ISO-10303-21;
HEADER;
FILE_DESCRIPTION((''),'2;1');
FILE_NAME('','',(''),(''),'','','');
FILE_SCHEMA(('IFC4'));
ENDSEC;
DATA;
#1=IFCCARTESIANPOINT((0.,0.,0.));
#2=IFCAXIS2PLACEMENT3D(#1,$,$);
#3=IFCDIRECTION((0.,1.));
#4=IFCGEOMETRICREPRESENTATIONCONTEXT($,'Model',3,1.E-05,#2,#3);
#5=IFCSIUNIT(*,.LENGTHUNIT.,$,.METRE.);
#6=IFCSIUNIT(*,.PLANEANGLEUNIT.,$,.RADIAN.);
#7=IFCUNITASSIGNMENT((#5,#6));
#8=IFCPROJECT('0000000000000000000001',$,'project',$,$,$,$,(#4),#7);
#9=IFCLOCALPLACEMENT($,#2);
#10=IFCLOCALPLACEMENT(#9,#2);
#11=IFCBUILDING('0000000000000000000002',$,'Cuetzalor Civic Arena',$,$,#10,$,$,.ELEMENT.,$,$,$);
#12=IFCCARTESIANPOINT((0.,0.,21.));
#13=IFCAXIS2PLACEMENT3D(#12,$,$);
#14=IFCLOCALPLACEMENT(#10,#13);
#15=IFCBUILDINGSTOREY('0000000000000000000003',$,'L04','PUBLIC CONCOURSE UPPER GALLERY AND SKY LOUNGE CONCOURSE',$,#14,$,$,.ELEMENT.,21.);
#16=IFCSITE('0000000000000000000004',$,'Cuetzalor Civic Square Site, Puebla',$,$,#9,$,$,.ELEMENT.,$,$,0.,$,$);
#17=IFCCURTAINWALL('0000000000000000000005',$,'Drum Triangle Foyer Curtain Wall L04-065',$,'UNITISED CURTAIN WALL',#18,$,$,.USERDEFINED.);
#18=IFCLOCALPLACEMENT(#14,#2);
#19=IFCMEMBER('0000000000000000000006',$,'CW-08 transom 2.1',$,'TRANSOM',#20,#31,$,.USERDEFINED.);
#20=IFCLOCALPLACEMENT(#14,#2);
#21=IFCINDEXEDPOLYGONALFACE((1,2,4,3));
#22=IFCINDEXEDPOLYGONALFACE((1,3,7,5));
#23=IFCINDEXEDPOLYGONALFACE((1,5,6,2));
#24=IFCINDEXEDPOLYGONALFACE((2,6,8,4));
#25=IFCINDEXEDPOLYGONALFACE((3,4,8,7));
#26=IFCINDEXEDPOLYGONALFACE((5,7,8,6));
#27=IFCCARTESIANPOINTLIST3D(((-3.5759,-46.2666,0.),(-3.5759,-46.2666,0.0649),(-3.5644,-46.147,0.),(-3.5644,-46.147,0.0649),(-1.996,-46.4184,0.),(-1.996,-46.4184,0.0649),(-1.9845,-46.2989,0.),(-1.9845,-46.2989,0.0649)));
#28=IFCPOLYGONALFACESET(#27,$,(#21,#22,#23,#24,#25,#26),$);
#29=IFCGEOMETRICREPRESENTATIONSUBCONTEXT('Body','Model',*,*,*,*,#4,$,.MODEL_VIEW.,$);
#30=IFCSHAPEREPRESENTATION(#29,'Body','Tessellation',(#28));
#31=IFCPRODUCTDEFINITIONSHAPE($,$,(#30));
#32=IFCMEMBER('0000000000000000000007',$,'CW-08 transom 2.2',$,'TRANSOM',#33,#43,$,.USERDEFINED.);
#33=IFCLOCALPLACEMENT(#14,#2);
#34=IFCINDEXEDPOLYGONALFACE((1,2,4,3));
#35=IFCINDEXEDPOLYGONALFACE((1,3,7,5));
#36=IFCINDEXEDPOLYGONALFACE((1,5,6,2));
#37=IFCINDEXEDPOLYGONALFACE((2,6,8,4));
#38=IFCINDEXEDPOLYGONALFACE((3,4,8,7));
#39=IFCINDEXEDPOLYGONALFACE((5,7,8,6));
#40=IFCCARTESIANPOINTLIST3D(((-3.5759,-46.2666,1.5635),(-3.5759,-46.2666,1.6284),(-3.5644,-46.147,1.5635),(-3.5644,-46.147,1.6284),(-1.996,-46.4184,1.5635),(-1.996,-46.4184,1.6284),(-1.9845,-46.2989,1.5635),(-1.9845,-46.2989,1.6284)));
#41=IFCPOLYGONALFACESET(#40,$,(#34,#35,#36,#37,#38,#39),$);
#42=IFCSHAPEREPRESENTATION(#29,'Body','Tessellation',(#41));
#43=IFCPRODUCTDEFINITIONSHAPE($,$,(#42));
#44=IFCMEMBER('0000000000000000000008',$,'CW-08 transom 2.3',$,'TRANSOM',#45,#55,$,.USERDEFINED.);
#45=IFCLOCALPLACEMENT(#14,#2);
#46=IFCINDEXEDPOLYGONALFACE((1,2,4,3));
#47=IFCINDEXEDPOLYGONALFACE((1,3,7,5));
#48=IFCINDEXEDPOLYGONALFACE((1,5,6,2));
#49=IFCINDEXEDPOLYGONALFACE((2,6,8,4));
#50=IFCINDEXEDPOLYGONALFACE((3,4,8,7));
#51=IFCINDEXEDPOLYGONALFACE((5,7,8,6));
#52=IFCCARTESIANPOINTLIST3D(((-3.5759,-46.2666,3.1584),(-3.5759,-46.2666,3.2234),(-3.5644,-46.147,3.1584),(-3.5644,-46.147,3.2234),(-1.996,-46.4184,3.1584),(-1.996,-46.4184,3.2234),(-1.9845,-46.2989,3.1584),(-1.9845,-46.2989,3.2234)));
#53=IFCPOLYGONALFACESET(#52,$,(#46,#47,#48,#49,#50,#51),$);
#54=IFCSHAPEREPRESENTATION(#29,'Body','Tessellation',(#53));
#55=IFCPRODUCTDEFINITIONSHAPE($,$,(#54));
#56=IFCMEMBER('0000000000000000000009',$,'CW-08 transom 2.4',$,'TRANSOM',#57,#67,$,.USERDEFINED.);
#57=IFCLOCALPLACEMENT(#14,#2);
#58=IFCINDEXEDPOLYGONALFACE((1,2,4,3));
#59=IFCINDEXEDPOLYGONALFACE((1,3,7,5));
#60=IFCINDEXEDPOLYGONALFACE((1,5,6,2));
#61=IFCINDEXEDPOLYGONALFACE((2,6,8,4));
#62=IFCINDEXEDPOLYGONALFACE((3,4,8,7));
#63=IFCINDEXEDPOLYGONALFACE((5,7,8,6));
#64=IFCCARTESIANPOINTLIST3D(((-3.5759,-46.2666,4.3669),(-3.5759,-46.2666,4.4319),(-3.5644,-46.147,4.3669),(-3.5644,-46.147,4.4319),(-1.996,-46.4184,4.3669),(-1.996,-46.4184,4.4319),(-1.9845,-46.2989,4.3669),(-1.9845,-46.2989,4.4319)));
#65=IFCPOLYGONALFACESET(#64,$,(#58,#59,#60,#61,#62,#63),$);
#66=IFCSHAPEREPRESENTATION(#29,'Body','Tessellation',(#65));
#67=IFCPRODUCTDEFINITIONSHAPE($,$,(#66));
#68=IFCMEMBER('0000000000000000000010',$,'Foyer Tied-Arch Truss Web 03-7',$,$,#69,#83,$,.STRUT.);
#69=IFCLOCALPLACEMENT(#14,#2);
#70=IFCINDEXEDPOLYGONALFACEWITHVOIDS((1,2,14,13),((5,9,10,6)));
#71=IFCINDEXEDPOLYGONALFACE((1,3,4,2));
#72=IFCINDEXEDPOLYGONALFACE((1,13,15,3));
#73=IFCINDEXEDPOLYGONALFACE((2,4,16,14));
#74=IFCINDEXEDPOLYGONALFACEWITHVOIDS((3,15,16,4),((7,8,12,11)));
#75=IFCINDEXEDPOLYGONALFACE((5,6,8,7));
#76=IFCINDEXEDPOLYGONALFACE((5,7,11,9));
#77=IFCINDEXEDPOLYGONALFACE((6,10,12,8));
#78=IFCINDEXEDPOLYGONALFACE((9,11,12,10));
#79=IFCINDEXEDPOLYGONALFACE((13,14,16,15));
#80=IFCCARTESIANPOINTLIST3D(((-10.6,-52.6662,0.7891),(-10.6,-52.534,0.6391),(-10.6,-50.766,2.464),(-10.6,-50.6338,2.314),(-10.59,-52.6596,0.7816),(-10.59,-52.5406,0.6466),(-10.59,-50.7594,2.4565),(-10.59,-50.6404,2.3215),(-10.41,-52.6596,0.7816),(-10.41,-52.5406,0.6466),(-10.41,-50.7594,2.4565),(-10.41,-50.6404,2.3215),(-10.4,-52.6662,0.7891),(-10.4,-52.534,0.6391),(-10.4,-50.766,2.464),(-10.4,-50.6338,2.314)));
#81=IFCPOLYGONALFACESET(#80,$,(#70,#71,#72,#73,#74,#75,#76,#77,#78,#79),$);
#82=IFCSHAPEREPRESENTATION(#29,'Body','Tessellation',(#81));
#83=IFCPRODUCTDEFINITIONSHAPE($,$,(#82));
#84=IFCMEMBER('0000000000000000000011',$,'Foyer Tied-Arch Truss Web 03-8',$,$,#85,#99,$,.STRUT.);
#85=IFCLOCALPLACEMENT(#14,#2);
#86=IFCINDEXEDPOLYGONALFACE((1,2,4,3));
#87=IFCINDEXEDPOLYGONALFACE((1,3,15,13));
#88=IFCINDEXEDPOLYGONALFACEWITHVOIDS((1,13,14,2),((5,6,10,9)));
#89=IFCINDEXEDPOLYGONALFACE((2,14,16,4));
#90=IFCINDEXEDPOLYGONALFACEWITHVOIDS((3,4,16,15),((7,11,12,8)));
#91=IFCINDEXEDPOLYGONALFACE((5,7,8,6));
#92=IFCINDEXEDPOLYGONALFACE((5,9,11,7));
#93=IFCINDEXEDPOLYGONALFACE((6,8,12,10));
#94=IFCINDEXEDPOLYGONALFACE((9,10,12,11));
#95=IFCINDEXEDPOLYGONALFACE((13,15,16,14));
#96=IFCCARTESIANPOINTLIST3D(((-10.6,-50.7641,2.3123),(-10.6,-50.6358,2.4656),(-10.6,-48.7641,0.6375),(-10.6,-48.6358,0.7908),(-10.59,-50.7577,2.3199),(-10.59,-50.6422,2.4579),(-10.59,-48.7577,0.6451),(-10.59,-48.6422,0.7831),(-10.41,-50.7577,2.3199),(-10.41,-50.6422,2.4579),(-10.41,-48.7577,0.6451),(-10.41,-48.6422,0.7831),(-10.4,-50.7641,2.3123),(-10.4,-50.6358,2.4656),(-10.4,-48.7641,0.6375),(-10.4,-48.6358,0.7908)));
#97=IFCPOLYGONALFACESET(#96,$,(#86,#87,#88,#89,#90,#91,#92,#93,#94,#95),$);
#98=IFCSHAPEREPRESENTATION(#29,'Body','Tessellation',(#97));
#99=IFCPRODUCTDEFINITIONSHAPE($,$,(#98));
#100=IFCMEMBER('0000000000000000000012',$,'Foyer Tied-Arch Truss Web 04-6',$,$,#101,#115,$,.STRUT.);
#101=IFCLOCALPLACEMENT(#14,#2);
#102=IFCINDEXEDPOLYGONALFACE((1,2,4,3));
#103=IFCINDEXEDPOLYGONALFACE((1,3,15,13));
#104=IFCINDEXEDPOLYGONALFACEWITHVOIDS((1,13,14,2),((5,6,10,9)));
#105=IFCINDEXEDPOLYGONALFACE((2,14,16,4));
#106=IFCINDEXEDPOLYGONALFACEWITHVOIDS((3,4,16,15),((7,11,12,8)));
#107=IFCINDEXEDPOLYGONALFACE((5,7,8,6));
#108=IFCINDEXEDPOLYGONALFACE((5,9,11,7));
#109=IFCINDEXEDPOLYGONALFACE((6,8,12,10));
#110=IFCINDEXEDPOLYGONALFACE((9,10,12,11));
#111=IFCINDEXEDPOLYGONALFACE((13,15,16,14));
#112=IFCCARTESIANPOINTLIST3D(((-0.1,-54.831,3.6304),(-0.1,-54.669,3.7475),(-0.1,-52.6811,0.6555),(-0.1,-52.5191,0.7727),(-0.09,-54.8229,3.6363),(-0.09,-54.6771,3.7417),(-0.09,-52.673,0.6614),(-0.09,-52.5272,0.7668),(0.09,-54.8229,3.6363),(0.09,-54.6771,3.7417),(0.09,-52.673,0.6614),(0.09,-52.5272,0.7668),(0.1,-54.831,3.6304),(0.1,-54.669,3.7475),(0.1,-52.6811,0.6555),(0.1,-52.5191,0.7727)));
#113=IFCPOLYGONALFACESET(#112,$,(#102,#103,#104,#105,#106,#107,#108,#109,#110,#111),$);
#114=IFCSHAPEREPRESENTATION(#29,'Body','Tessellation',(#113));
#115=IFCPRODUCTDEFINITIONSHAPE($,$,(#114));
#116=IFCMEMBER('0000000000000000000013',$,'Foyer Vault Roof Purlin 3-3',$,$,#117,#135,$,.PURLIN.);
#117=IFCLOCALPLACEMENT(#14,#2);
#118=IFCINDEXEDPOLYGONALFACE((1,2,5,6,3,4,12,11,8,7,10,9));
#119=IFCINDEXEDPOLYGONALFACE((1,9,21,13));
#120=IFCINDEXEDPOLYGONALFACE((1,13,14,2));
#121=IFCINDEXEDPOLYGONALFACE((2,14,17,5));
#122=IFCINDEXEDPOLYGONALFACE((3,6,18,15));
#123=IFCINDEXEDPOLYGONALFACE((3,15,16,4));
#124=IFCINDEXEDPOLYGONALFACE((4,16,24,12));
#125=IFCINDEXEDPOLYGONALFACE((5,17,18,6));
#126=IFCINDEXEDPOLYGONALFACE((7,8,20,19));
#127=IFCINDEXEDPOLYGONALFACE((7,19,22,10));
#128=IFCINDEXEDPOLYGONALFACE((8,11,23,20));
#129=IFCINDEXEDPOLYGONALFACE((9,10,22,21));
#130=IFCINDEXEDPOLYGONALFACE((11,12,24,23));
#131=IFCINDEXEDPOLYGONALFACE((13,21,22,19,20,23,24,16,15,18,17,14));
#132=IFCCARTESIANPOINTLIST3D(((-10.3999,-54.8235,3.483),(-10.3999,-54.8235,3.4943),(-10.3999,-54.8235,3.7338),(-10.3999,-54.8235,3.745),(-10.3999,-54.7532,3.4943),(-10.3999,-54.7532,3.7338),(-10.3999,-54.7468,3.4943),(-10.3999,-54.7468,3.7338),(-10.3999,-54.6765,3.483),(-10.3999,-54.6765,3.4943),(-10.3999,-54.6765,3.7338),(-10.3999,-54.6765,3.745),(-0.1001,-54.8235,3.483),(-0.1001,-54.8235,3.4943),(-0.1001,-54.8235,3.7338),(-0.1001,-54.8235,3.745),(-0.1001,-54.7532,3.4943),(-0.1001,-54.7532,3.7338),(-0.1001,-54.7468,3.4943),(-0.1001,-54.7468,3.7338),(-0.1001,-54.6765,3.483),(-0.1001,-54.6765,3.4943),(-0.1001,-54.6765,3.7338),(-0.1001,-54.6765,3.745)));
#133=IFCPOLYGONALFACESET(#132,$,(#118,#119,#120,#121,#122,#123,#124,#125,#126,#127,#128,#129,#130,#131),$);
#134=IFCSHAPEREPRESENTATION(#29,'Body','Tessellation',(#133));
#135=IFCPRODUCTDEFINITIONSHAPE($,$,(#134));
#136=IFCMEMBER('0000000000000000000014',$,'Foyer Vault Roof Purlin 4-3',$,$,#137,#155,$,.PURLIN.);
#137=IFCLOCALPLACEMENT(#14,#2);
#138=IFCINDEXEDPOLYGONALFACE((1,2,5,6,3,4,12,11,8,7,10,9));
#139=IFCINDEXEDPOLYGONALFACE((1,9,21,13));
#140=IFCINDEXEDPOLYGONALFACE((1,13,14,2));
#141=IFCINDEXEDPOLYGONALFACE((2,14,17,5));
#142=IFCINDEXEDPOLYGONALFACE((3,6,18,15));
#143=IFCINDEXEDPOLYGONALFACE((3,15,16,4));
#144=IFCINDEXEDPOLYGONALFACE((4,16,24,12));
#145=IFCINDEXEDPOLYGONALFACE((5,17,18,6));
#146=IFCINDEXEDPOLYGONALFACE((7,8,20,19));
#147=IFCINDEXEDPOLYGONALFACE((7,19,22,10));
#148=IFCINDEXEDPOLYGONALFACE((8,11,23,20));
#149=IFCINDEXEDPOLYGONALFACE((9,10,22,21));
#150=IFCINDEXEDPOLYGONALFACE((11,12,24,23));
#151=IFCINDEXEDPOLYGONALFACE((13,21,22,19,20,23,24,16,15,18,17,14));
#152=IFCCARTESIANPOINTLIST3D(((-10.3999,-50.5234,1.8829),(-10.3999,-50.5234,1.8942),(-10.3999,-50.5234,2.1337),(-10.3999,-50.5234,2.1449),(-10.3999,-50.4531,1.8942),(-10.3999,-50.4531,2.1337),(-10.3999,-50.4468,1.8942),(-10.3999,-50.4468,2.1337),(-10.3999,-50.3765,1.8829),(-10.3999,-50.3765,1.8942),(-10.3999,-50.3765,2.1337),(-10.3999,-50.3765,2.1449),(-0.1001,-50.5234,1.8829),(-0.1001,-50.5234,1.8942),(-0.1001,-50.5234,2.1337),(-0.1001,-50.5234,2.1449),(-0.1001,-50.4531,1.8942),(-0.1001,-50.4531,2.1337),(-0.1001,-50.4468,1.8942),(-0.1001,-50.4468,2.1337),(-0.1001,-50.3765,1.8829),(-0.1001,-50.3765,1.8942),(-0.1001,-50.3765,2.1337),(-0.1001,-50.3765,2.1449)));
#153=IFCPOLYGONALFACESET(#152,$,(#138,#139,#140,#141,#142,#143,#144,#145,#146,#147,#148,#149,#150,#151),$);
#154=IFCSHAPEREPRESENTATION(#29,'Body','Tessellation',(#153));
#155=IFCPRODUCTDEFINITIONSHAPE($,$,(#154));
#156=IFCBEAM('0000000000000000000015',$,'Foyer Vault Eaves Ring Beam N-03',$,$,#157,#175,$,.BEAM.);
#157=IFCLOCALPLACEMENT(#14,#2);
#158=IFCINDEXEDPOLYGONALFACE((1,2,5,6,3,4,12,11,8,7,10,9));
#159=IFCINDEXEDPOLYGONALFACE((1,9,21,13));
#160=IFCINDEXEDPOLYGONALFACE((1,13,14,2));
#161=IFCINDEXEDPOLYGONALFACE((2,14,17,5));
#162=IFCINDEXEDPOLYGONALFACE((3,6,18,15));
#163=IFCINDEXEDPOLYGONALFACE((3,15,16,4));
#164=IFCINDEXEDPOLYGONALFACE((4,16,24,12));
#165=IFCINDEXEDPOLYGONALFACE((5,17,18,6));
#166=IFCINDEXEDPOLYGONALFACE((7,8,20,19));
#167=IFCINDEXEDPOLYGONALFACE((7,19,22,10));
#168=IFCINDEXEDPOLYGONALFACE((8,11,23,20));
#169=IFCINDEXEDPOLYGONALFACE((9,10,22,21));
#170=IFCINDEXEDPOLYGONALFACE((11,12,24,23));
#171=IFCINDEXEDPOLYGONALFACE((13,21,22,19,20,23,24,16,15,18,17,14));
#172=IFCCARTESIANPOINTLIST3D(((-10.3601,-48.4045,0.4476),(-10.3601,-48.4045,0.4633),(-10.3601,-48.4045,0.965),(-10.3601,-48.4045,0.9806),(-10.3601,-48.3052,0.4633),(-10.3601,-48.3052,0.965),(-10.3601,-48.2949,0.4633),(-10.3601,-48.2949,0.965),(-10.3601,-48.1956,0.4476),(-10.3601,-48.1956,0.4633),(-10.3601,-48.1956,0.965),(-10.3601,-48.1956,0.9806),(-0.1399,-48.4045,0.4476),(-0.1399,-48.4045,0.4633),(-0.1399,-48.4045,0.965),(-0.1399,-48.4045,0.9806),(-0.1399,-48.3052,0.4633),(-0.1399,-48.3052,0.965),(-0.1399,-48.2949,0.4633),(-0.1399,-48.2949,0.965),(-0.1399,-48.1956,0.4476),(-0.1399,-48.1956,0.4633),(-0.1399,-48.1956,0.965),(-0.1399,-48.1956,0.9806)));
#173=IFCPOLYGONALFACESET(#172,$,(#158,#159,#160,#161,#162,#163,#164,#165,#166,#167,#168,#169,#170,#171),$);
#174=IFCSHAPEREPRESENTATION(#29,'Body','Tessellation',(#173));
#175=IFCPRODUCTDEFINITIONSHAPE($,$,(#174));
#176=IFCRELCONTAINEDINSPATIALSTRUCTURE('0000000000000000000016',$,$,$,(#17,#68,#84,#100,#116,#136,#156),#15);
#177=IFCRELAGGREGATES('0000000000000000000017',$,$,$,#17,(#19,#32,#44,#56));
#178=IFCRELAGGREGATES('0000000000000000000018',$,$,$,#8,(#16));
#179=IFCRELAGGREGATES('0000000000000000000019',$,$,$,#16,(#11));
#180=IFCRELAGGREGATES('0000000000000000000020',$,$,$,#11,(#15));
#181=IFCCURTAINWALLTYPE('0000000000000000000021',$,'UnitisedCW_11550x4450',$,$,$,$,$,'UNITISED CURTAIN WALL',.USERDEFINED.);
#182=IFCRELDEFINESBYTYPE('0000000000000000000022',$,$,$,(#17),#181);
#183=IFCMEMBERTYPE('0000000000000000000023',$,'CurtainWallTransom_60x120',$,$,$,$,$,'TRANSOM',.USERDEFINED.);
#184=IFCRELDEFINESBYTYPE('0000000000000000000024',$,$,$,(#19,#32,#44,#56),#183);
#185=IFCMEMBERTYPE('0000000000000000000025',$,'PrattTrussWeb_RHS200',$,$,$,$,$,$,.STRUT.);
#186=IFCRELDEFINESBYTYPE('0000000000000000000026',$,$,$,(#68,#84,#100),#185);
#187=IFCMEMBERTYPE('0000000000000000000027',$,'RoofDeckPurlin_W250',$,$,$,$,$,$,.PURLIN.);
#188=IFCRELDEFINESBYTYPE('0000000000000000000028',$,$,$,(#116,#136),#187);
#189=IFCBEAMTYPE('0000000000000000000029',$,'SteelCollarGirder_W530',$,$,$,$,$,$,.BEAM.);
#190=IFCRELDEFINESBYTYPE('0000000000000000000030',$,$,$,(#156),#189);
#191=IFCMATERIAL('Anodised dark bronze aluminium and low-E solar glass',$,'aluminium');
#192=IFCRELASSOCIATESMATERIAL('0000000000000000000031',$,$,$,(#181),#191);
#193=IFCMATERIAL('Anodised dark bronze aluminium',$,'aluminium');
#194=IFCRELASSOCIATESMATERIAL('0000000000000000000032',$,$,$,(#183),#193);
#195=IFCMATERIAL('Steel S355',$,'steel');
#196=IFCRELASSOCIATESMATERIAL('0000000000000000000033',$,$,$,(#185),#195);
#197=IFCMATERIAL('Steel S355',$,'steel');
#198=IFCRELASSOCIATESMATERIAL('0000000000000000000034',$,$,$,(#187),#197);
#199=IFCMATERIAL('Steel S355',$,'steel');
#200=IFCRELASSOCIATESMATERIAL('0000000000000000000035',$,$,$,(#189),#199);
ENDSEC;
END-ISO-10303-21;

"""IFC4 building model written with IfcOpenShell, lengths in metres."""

from ifc_helpers import new_model, si_unit, direction, frame, origin, origin_2d, place, context, subcontext, project, spatial, rectangle, hollow_rectangle, i_section, extrude, material, material_profile, profile_set, type_object, element, aggregate, save


model = new_model("IFC4")

# Units and contexts
model_context = context("Model", 3, precision=1e-05, world=origin(), true_north=direction((0.0, 1.0)))
body_context = subcontext(model_context, "Body", "Model", "MODEL_VIEW")
ifc_project = project(units=[si_unit("LENGTHUNIT", "METRE"), si_unit("PLANEANGLEUNIT", "RADIAN")], contexts=[model_context])

# Site, building, storey
site_placement = place(None, origin())
site = spatial("IfcSite", under=ifc_project, at=site_placement, Name="Cuetzalor Civic Square Site, Puebla", CompositionType="ELEMENT", RefElevation=0.0)
building_placement = place(site_placement, origin())
building = spatial("IfcBuilding", under=site, at=building_placement, Name="Cuetzalor Civic Arena", CompositionType="ELEMENT")
storey_placement = place(building_placement, frame((0.0, 0.0, 21.0)))
storey = spatial("IfcBuildingStorey", under=building, at=storey_placement, Name="L04", Description="PUBLIC CONCOURSE UPPER GALLERY AND SKY LOUNGE CONCOURSE", CompositionType="ELEMENT", Elevation=21.0)

# Curtain wall, members
ifc_material_1 = material(Name="Anodised dark bronze aluminium and low-E solar glass", Category="aluminium")
curtain_wall_type = type_object("IfcCurtainWallType", Name="UnitisedCW_11550x4450", ElementType="UNITISED CURTAIN WALL", PredefinedType="USERDEFINED", material=ifc_material_1)
curtain_wall_placement = place(storey_placement, origin())
curtain_wall = element("IfcCurtainWall", 1, at=curtain_wall_placement, inside=storey, type_object=curtain_wall_type, Name="Drum Triangle Foyer Curtain Wall L04-065", ObjectType="UNITISED CURTAIN WALL", PredefinedType="USERDEFINED")
ifc_material_2 = material(Name="Anodised dark bronze aluminium", Category="aluminium")
ifc_material_profile_1 = material_profile(ifc_material_2, rectangle(XDim=0.1201, YDim=0.0649, at=origin_2d()), Name="ALU TRANSOM 65x120")
ifc_profile_set_1 = profile_set([ifc_material_profile_1], Name="Anodised dark bronze aluminium")
member_type_1 = type_object("IfcMemberType", Name="CurtainWallTransom_60x120", ElementType="TRANSOM", PredefinedType="USERDEFINED", material=ifc_profile_set_1)
member_1_placement = place(storey_placement, frame((-1.9902, -46.3586, 0.0325), z_axis=(-0.995412, 0.09568, 0.0), x_axis=(-0.09568, -0.995412, 0.0)))
member_1 = element("IfcMember", 2, at=member_1_placement, type_object=member_type_1, Name="CW-08 transom 2.1", ObjectType="TRANSOM", PredefinedType="USERDEFINED", context=body_context, shape_type="SweptSolid", body=[
    extrude(rectangle(XDim=0.1201, YDim=0.0649, at=origin_2d()), origin(), (0.0, 0.0, 1.0), 1.5872),
])
member_2_placement = place(storey_placement, frame((-1.9902, -46.3586, 1.5959), z_axis=(-0.995412, 0.09568, 0.0), x_axis=(-0.09568, -0.995412, 0.0)))
member_2 = element("IfcMember", 3, at=member_2_placement, type_object=member_type_1, Name="CW-08 transom 2.2", ObjectType="TRANSOM", PredefinedType="USERDEFINED", context=body_context, shape_type="SweptSolid", body=[
    extrude(rectangle(XDim=0.1201, YDim=0.0649, at=origin_2d()), origin(), (0.0, 0.0, 1.0), 1.5872),
])
member_3_placement = place(storey_placement, frame((-1.9902, -46.3586, 3.1909), z_axis=(-0.995412, 0.09568, 0.0), x_axis=(-0.09568, -0.995412, 0.0)))
member_3 = element("IfcMember", 4, at=member_3_placement, type_object=member_type_1, Name="CW-08 transom 2.3", ObjectType="TRANSOM", PredefinedType="USERDEFINED", context=body_context, shape_type="SweptSolid", body=[
    extrude(rectangle(XDim=0.1201, YDim=0.0649, at=origin_2d()), origin(), (0.0, 0.0, 1.0), 1.5872),
])
member_4_placement = place(storey_placement, frame((-1.9902, -46.3586, 4.3994), z_axis=(-0.995412, 0.09568, 0.0), x_axis=(-0.09568, -0.995412, 0.0)))
member_4 = element("IfcMember", 5, at=member_4_placement, type_object=member_type_1, Name="CW-08 transom 2.4", ObjectType="TRANSOM", PredefinedType="USERDEFINED", context=body_context, shape_type="SweptSolid", body=[
    extrude(rectangle(XDim=0.1201, YDim=0.0649, at=origin_2d()), origin(), (0.0, 0.0, 1.0), 1.5872),
])

# Members
ifc_material_3 = material(Name="Steel S355", Category="steel")
ifc_material_profile_2 = material_profile(ifc_material_3, hollow_rectangle(XDim=0.2, YDim=0.2, WallThickness=0.01, at=origin_2d()), Name="RHS 200x200x10")
ifc_profile_set_2 = profile_set([ifc_material_profile_2], Name="Steel S355")
member_type_2 = type_object("IfcMemberType", Name="PrattTrussWeb_RHS200", PredefinedType="STRUT", material=ifc_profile_set_2)
member_5_placement = place(storey_placement, frame((-10.5, -52.6001, 0.7141), z_axis=(0.0, 0.750189, 0.661223), x_axis=(-1.0, 0.0, 0.0)))
element("IfcMember", 6, at=member_5_placement, inside=storey, type_object=member_type_2, Name="Foyer Tied-Arch Truss Web 03-7", PredefinedType="STRUT", context=body_context, shape_type="SweptSolid", body=[
    extrude(hollow_rectangle(XDim=0.2, YDim=0.2, WallThickness=0.01, at=origin_2d()), origin(), (0.0, 0.0, 1.0), 2.533),
])
member_6_placement = place(storey_placement, frame((-10.5, -50.7, 2.3889), z_axis=(0.0, 0.766685, -0.642024), x_axis=(-1.0, 0.0, 0.0)))
element("IfcMember", 7, at=member_6_placement, inside=storey, type_object=member_type_2, Name="Foyer Tied-Arch Truss Web 03-8", PredefinedType="STRUT", context=body_context, shape_type="SweptSolid", body=[
    extrude(hollow_rectangle(XDim=0.2, YDim=0.2, WallThickness=0.01, at=origin_2d()), origin(), (0.0, 0.0, 1.0), 2.6086),
])
member_7_placement = place(storey_placement, frame((0.0, -54.75, 3.689), z_axis=(0.0, 0.585741, -0.810499), x_axis=(-1.0, 0.0, 0.0)))
element("IfcMember", 8, at=member_7_placement, inside=storey, type_object=member_type_2, Name="Foyer Tied-Arch Truss Web 04-6", PredefinedType="STRUT", context=body_context, shape_type="SweptSolid", body=[
    extrude(hollow_rectangle(XDim=0.2, YDim=0.2, WallThickness=0.01, at=origin_2d()), origin(), (0.0, 0.0, 1.0), 3.6704),
])
ifc_material_4 = material(Name="Steel S355", Category="steel")
ifc_material_profile_3 = material_profile(ifc_material_4, i_section(OverallWidth=0.147, OverallDepth=0.262, WebThickness=0.0063, FlangeThickness=0.0112, at=origin_2d()), Name="W250x39")
ifc_profile_set_3 = profile_set([ifc_material_profile_3], Name="Steel S355")
member_type_3 = type_object("IfcMemberType", Name="RoofDeckPurlin_W250", PredefinedType="PURLIN", material=ifc_profile_set_3)
for number, where, z_axis, x_axis, name in (
    (9, (-10.3999, -54.75, 3.614), (1.0, 0.0, 0.0), (0.0, 1.0, 0.0), "Foyer Vault Roof Purlin 3-3"),
    (10, (-10.3999, -50.45, 2.0139), (1.0, 0.0, 0.0), (0.0, 1.0, 0.0), "Foyer Vault Roof Purlin 4-3"),
):
    element("IfcMember", number, at=place(storey_placement, frame(where, z_axis=z_axis, x_axis=x_axis)), inside=storey, type_object=member_type_3, Name=name, PredefinedType="PURLIN", context=body_context, shape_type="SweptSolid", body=[
        extrude(i_section(OverallWidth=0.147, OverallDepth=0.262, WebThickness=0.0063, FlangeThickness=0.0112, at=origin_2d()), origin(), (0.0, 0.0, 1.0), 10.2998),
    ])

# Beam
ifc_material_5 = material(Name="Steel S355", Category="steel")
ifc_material_profile_4 = material_profile(ifc_material_5, i_section(OverallWidth=0.209, OverallDepth=0.533, WebThickness=0.0103, FlangeThickness=0.0156, at=origin_2d()), Name="W530x92")
ifc_profile_set_4 = profile_set([ifc_material_profile_4], Name="Steel S355")
beam_type_1 = type_object("IfcBeamType", Name="SteelCollarGirder_W530", PredefinedType="BEAM", material=ifc_profile_set_4)
beam_placement = place(storey_placement, frame((-10.3601, -48.3, 0.7141), z_axis=(1.0, 0.0, 0.0), x_axis=(0.0, 1.0, 0.0)))
element("IfcBeam", 11, at=beam_placement, inside=storey, type_object=beam_type_1, Name="Foyer Vault Eaves Ring Beam N-03", PredefinedType="BEAM", context=body_context, shape_type="SweptSolid", body=[
    extrude(i_section(OverallWidth=0.209, OverallDepth=0.533, WebThickness=0.0103, FlangeThickness=0.0156, at=origin_2d()), origin(), (0.0, 0.0, 1.0), 10.2202),
])

aggregate(curtain_wall, [member_1, member_2, member_3, member_4])

save(model, "model.ifc")
